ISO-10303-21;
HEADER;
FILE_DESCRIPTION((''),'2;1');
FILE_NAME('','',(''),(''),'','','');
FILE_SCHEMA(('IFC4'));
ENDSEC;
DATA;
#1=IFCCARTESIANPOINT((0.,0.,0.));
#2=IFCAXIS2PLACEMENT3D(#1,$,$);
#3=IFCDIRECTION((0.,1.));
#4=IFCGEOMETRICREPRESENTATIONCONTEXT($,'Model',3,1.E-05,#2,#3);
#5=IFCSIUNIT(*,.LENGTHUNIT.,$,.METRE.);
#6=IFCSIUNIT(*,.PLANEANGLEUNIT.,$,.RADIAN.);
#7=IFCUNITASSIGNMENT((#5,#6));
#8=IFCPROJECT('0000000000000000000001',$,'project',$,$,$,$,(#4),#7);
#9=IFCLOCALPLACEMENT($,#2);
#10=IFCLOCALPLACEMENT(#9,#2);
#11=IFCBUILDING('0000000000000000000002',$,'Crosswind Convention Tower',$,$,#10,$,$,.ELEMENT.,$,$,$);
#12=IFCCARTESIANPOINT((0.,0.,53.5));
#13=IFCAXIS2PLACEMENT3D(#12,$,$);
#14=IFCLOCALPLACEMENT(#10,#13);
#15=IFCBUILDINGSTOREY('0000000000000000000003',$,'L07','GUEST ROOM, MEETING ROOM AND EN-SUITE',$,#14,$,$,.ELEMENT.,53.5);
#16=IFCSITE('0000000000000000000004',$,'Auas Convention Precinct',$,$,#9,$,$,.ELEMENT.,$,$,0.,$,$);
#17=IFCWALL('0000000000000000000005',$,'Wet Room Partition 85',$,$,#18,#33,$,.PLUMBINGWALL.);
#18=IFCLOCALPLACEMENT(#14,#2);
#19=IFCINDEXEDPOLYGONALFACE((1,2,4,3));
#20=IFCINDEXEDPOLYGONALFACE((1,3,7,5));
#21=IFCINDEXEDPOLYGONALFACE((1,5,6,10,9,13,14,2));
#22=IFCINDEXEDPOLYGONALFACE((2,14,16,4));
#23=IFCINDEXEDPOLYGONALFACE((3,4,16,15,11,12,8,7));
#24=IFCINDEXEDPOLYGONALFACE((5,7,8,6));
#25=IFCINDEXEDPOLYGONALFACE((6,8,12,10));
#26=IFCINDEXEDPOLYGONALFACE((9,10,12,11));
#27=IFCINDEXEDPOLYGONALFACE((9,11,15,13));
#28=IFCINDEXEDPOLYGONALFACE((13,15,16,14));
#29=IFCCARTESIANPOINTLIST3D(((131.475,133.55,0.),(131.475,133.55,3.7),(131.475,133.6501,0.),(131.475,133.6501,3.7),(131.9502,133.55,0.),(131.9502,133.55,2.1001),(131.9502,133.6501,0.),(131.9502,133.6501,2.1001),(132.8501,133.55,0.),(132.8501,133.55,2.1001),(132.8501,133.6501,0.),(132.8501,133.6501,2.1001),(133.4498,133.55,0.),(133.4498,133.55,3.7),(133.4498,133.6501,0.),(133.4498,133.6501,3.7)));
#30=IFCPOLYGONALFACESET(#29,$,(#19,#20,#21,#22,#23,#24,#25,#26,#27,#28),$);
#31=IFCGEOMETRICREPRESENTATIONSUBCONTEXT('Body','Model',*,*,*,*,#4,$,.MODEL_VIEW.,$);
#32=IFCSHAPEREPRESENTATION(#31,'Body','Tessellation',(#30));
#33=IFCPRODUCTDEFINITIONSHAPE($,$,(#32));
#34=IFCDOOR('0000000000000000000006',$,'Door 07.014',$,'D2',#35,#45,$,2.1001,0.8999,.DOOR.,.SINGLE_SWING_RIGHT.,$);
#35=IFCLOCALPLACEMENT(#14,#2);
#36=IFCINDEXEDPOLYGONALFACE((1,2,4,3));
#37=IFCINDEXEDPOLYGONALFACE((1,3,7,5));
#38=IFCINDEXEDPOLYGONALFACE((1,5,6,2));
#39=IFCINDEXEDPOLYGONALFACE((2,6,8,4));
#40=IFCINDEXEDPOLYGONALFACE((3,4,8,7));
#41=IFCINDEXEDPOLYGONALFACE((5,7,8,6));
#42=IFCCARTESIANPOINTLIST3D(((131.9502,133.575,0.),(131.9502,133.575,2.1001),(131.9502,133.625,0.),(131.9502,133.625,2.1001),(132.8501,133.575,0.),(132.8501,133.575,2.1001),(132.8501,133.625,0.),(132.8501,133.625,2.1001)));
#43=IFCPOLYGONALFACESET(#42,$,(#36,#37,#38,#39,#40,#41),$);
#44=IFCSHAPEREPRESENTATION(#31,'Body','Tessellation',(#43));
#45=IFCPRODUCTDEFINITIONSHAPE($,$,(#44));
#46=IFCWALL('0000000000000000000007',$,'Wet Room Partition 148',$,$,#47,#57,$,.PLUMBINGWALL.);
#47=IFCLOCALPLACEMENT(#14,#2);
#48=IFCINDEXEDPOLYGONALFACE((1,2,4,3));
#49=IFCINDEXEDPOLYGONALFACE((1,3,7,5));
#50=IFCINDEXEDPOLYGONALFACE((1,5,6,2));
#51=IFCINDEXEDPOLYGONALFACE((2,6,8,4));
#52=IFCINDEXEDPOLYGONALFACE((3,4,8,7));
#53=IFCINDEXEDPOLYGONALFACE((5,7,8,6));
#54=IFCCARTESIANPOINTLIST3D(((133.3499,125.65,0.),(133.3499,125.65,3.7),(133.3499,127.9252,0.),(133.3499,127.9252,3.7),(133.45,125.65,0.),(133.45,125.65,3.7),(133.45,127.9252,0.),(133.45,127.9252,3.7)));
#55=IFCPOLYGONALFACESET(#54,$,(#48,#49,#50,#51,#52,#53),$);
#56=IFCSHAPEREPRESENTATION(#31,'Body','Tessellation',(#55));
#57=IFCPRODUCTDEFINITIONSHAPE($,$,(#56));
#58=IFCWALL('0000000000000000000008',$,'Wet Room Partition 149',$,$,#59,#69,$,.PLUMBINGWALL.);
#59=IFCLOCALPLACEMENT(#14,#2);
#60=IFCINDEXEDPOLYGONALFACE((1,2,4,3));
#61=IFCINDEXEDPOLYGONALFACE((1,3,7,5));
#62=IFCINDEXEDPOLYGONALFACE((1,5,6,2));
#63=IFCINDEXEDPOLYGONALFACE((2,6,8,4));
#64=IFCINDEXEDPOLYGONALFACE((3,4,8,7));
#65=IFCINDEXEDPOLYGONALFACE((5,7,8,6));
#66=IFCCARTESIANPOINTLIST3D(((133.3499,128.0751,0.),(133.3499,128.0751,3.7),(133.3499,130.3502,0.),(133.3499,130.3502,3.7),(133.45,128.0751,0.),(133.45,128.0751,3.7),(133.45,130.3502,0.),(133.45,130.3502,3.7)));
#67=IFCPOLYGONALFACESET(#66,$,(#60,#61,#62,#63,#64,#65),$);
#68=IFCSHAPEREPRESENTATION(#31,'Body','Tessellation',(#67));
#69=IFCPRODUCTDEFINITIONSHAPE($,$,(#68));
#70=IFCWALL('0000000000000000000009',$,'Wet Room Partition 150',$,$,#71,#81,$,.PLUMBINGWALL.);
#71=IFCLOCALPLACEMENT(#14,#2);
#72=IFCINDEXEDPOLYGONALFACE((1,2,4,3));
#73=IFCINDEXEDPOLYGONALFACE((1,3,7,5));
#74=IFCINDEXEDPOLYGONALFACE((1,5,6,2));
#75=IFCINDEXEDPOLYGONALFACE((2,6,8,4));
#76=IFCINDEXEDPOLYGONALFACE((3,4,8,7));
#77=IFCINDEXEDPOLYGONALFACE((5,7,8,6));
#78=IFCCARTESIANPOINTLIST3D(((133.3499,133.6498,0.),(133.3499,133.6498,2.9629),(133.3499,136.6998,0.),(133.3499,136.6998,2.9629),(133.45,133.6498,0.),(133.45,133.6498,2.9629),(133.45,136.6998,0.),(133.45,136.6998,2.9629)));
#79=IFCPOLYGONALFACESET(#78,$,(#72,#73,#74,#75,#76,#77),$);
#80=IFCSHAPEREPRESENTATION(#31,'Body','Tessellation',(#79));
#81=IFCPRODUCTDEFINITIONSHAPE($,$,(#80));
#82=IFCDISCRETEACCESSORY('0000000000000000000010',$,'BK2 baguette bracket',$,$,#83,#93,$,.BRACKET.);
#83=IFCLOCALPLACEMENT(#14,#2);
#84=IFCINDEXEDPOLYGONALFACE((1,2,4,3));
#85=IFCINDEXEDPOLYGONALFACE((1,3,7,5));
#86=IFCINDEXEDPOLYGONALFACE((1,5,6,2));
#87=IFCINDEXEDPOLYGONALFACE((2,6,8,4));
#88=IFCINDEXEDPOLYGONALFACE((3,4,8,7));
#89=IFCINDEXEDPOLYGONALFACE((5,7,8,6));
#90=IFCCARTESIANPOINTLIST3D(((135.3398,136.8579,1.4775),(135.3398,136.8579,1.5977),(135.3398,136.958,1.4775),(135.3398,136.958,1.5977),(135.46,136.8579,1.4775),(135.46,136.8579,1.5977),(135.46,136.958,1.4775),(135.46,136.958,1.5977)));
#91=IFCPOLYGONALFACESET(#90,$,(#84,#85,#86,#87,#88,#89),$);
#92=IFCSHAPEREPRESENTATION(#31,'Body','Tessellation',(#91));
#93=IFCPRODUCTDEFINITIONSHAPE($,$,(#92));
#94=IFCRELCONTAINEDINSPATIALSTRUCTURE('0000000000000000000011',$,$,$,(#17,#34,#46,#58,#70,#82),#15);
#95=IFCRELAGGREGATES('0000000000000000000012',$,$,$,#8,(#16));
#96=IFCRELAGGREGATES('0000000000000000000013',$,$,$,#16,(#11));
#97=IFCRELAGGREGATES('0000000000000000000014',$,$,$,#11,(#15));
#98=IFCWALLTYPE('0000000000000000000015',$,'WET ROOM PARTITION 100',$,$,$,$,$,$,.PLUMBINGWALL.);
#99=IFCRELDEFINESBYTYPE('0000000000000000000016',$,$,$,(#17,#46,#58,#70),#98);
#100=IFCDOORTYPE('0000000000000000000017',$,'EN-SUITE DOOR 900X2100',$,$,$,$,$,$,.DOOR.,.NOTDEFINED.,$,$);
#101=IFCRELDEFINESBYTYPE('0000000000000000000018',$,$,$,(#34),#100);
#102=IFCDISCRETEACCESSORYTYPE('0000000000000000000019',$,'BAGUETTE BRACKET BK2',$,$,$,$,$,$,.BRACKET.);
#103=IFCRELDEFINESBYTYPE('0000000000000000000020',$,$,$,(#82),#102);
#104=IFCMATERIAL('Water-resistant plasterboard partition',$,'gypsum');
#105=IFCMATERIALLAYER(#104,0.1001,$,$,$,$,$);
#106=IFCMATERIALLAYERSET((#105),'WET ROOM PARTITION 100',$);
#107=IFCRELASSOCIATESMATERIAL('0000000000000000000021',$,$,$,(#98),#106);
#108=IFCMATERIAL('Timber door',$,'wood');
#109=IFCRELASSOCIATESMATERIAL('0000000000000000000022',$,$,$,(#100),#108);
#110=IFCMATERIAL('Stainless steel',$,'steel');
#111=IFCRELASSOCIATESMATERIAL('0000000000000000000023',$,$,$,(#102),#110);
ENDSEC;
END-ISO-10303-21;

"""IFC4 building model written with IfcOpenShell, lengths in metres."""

from ifc_helpers import new_model, si_unit, direction, frame, frame_2d, origin, origin_2d, place, context, subcontext, project, spatial, rectangle, extrude, material, layer, layer_set, type_object, element, fill, save


model = new_model("IFC4")

# Units and contexts
model_context = context("Model", 3, precision=1e-05, world=origin(), true_north=direction((0.0, 1.0)))
body_context = subcontext(model_context, "Body", "Model", "MODEL_VIEW")
ifc_project = project(units=[si_unit("LENGTHUNIT", "METRE"), si_unit("PLANEANGLEUNIT", "RADIAN")], contexts=[model_context])

# Site, building, storey
site_placement = place(None, origin())
site = spatial("IfcSite", under=ifc_project, at=site_placement, Name="Auas Convention Precinct", CompositionType="ELEMENT", RefElevation=0.0)
building_placement = place(site_placement, origin())
building = spatial("IfcBuilding", under=site, at=building_placement, Name="Crosswind Convention Tower", CompositionType="ELEMENT")
storey_placement = place(building_placement, frame((0.0, 0.0, 53.5)))
storey = spatial("IfcBuildingStorey", under=building, at=storey_placement, Name="L07", Description="GUEST ROOM, MEETING ROOM AND EN-SUITE", CompositionType="ELEMENT", Elevation=53.5)

# Wall, opening, door
ifc_material_1 = material(Name="Water-resistant plasterboard partition", Category="gypsum")
ifc_layer_1 = layer(ifc_material_1, 0.1001)
ifc_layer_set_1 = layer_set([ifc_layer_1], Name="WET ROOM PARTITION 100")
wall_type_1 = type_object("IfcWallType", Name="WET ROOM PARTITION 100", PredefinedType="PLUMBINGWALL", material=ifc_layer_set_1)
ifc_material_2 = material(Name="Timber door", Category="wood")
door_type = type_object("IfcDoorType", Name="EN-SUITE DOOR 900X2100", OperationType="NOTDEFINED", PredefinedType="DOOR", material=ifc_material_2)
wall_1_placement = place(storey_placement, frame((131.4751, 133.6001, 0.0), z_axis=(0.0, 0.0, 1.0), x_axis=(1.0, 0.0, 0.0)))
wall_1 = element("IfcWall", 1, at=wall_1_placement, inside=storey, type_object=wall_type_1, Name="Wet Room Partition 85", PredefinedType="PLUMBINGWALL", context=body_context, shape_type="SweptSolid", body=[
    extrude(rectangle(XDim=1.9749, YDim=0.1001, at=frame_2d((0.9873, 0.0))), origin(), (0.0, 0.0, 1.0), 3.7),
])
opening_1_placement = place(wall_1_placement, frame((0.4751, 0.0, 0.0)))
opening_1 = element("IfcOpeningElement", 2, at=opening_1_placement, cuts=wall_1, PredefinedType="OPENING", context=body_context, shape_type="SweptSolid", body=[
    extrude(rectangle(XDim=0.8999, YDim=2.1001, at=frame_2d((0.45, 1.05))), frame((0.0, 0.0601, 0.0), z_axis=(0.0, -1.0, 0.0), x_axis=(1.0, 0.0, 0.0)), (0.0, 0.0, 1.0), 0.1201),
])
door_1_placement = place(opening_1_placement, origin())
door_1 = element("IfcDoor", 3, at=door_1_placement, inside=storey, type_object=door_type, Name="Door 07.014", ObjectType="D2", OperationType="SINGLE_SWING_RIGHT", OverallHeight=2.1001, OverallWidth=0.8999, PredefinedType="DOOR", context=body_context, shape_type="SweptSolid", body=[
    extrude(rectangle(XDim=0.8999, YDim=2.1001, at=frame_2d((0.45, 1.05))), frame((0.0, 0.0249, 0.0), z_axis=(0.0, -1.0, 0.0), x_axis=(1.0, 0.0, 0.0)), (0.0, 0.0, 1.0), 0.05),
])
fill(opening_1, door_1)

# Walls
for number, where, z_axis, x_axis, name in (
    (4, (133.3999, 125.6499, 0.0), (0.0, 0.0, 1.0), (0.0, 1.0, 0.0), "Wet Room Partition 148"),
    (5, (133.3999, 128.075, 0.0), (0.0, 0.0, 1.0), (0.0, 1.0, 0.0), "Wet Room Partition 149"),
):
    element("IfcWall", number, at=place(storey_placement, frame(where, z_axis=z_axis, x_axis=x_axis)), inside=storey, type_object=wall_type_1, Name=name, PredefinedType="PLUMBINGWALL", context=body_context, shape_type="SweptSolid", body=[
        extrude(rectangle(XDim=2.2751, YDim=0.1001, at=frame_2d((1.1377, 0.0))), origin(), (0.0, 0.0, 1.0), 3.7),
    ])
wall_2_placement = place(storey_placement, frame((133.3999, 133.6499, 0.0), z_axis=(0.0, 0.0, 1.0), x_axis=(0.0, 1.0, 0.0)))
element("IfcWall", 6, at=wall_2_placement, inside=storey, type_object=wall_type_1, Name="Wet Room Partition 150", PredefinedType="PLUMBINGWALL", context=body_context, shape_type="SweptSolid", body=[
    extrude(rectangle(XDim=3.05, YDim=0.1001, at=frame_2d((1.5249, 0.0))), origin(), (0.0, 0.0, 1.0), 2.9629),
])

# Discrete accessory
ifc_material_3 = material(Name="Stainless steel", Category="steel")
discrete_accessory_type = type_object("IfcDiscreteAccessoryType", Name="BAGUETTE BRACKET BK2", PredefinedType="BRACKET", material=ifc_material_3)
discrete_accessory_placement = place(storey_placement, frame((135.3999, 136.908, 1.4775), z_axis=(0.0, 0.0, 1.0), x_axis=(-1.0, 0.0, 0.0)))
element("IfcDiscreteAccessory", 7, at=discrete_accessory_placement, inside=storey, type_object=discrete_accessory_type, Name="BK2 baguette bracket", PredefinedType="BRACKET", context=body_context, shape_type="SweptSolid", body=[
    extrude(rectangle(XDim=0.1201, YDim=0.1001, at=origin_2d()), origin(), (0.0, 0.0, 1.0), 0.1201),
])

save(model, "model.ifc")
